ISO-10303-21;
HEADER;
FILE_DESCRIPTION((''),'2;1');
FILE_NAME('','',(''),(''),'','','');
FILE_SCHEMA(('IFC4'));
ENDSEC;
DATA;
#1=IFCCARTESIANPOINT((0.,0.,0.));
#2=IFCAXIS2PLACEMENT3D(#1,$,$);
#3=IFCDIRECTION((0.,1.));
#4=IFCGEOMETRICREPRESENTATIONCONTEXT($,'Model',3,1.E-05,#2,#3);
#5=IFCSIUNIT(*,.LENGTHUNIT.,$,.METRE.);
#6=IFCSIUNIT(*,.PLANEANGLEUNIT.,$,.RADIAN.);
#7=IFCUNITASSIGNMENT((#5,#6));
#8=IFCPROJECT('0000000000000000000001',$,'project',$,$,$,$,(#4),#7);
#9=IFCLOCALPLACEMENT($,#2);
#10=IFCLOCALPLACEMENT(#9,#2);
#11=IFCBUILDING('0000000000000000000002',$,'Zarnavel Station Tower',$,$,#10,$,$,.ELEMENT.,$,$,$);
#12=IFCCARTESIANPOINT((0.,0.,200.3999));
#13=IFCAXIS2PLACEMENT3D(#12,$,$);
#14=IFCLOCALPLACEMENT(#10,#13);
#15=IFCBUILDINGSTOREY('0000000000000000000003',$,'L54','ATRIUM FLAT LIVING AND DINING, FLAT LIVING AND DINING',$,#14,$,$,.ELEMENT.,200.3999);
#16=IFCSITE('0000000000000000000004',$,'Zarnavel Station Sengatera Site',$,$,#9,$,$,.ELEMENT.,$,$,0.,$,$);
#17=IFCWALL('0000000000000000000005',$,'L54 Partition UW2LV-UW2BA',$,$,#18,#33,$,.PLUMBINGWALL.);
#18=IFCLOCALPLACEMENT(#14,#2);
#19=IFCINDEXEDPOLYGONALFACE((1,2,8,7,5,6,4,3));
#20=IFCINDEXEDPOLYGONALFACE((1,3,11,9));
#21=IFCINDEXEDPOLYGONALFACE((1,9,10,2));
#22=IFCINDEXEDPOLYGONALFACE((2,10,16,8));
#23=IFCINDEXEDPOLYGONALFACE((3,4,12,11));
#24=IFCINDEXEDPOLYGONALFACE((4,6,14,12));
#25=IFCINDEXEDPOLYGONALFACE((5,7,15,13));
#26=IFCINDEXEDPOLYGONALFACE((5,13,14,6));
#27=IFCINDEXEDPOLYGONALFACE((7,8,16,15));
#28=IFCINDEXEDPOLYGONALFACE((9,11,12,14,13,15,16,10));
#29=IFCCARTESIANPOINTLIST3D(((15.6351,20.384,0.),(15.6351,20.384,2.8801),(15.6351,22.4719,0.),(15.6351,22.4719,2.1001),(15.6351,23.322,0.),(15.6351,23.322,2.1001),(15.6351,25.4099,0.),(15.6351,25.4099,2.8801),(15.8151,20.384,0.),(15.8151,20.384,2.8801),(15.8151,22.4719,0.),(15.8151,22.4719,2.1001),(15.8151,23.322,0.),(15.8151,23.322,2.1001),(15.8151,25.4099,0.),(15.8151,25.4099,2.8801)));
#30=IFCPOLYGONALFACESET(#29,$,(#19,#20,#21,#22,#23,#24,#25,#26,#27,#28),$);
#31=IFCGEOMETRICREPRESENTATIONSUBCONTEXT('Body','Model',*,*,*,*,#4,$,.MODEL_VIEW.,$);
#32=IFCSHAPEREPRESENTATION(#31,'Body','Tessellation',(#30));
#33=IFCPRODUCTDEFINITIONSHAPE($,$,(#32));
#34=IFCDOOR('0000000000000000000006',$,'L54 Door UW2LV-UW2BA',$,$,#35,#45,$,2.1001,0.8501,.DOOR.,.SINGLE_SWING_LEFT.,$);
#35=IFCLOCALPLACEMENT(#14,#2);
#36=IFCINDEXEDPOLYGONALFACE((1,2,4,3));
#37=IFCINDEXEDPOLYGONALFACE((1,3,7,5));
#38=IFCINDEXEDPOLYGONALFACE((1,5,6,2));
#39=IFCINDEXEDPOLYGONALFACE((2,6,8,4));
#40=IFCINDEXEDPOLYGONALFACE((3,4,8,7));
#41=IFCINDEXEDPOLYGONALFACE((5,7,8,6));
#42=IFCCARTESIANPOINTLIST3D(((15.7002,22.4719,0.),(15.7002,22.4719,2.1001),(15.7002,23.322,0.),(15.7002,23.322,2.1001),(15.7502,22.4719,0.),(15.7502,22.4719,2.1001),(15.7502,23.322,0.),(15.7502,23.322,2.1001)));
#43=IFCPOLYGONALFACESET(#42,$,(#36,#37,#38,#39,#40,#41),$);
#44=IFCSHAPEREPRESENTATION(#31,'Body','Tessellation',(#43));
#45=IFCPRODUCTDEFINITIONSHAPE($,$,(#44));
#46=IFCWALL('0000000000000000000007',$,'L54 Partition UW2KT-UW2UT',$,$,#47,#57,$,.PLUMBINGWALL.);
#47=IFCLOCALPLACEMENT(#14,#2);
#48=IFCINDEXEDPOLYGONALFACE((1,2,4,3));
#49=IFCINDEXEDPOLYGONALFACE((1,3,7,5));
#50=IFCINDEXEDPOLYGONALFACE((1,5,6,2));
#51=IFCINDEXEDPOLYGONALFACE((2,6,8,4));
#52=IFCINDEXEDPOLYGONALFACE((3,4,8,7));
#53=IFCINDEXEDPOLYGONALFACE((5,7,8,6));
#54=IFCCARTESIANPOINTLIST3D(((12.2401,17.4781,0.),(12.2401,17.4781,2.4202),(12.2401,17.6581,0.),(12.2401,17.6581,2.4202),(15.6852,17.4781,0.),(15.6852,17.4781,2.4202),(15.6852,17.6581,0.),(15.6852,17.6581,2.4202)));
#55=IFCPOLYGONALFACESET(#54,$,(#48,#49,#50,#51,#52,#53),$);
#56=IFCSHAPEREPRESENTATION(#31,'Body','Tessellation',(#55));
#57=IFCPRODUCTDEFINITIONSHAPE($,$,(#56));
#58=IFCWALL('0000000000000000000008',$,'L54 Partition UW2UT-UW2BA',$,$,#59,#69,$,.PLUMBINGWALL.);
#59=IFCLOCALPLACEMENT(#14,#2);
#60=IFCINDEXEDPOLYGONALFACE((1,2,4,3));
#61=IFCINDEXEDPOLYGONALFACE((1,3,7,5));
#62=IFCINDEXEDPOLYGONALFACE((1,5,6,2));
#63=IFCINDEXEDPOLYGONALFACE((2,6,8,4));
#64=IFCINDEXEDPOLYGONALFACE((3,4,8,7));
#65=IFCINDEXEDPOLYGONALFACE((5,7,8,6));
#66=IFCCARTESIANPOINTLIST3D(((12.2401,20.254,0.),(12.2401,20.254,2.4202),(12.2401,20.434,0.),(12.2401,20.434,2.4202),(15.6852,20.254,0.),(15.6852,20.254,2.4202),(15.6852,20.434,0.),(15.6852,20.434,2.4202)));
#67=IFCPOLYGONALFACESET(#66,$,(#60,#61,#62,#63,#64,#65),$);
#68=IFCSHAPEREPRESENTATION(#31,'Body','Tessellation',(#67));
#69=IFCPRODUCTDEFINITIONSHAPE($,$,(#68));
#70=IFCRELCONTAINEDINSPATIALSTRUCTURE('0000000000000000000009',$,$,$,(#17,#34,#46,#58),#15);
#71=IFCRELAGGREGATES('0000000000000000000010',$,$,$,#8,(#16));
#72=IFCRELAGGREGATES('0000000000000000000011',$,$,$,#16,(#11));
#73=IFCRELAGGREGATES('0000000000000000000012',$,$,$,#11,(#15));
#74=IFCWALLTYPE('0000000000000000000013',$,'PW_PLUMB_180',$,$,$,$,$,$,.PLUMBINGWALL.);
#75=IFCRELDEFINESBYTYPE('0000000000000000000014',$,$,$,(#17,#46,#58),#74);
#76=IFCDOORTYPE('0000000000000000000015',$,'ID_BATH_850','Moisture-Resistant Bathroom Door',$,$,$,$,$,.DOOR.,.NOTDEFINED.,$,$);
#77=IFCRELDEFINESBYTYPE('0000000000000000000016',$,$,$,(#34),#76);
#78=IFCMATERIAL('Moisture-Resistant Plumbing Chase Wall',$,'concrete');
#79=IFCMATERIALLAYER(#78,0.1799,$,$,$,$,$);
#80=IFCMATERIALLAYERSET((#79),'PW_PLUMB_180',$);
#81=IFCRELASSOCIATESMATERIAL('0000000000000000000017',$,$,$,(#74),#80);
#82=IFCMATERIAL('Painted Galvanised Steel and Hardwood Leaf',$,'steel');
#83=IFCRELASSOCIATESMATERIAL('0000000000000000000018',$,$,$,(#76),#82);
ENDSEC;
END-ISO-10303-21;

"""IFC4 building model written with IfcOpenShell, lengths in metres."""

from ifc_helpers import new_model, si_unit, direction, frame, frame_2d, origin, place, context, subcontext, project, spatial, rectangle, extrude, material, layer, layer_set, type_object, element, fill, save


model = new_model("IFC4")

# Units and contexts
model_context = context("Model", 3, precision=1e-05, world=origin(), true_north=direction((0.0, 1.0)))
body_context = subcontext(model_context, "Body", "Model", "MODEL_VIEW")
ifc_project = project(units=[si_unit("LENGTHUNIT", "METRE"), si_unit("PLANEANGLEUNIT", "RADIAN")], contexts=[model_context])

# Site, building, storey
site_placement = place(None, origin())
site = spatial("IfcSite", under=ifc_project, at=site_placement, Name="Zarnavel Station Sengatera Site", CompositionType="ELEMENT", RefElevation=0.0)
building_placement = place(site_placement, origin())
building = spatial("IfcBuilding", under=site, at=building_placement, Name="Zarnavel Station Tower", CompositionType="ELEMENT")
storey_placement = place(building_placement, frame((0.0, 0.0, 200.3999)))
storey = spatial("IfcBuildingStorey", under=building, at=storey_placement, Name="L54", Description="ATRIUM FLAT LIVING AND DINING, FLAT LIVING AND DINING", CompositionType="ELEMENT", Elevation=200.3999)

# Shared definitions
ifc_material_1 = material(Name="Moisture-Resistant Plumbing Chase Wall", Category="concrete")
ifc_layer_1 = layer(ifc_material_1, 0.1799)
ifc_layer_set_1 = layer_set([ifc_layer_1], Name="PW_PLUMB_180")
wall_type_1 = type_object("IfcWallType", Name="PW_PLUMB_180", PredefinedType="PLUMBINGWALL", material=ifc_layer_set_1)

# Wall, opening, door
wall_1_placement = place(storey_placement, frame((15.7251, 20.384, 0.0), z_axis=(0.0, 0.0, 1.0), x_axis=(0.0, 1.0, 0.0)))
wall_1 = element("IfcWall", 1, at=wall_1_placement, inside=storey, type_object=wall_type_1, Name="L54 Partition UW2LV-UW2BA", PredefinedType="PLUMBINGWALL", context=body_context, shape_type="SweptSolid", body=[
    extrude(rectangle(XDim=5.0259, YDim=0.1799, at=frame_2d((2.5129, 0.0))), origin(), (0.0, 0.0, 1.0), 2.8801),
])
opening_1_placement = place(wall_1_placement, frame((2.0879, 0.0, 0.0)))
opening_1 = element("IfcOpeningElement", 2, at=opening_1_placement, cuts=wall_1, PredefinedType="OPENING", context=body_context, shape_type="SweptSolid", body=[
    extrude(rectangle(XDim=0.8501, YDim=2.1001, at=frame_2d((0.425, 1.05))), frame((0.0, 0.0999, 0.0), z_axis=(0.0, -1.0, 0.0), x_axis=(1.0, 0.0, 0.0)), (0.0, 0.0, 1.0), 0.2),
])
ifc_material_2 = material(Name="Painted Galvanised Steel and Hardwood Leaf", Category="steel")
door_type_1 = type_object("IfcDoorType", Name="ID_BATH_850", Description="Moisture-Resistant Bathroom Door", OperationType="NOTDEFINED", PredefinedType="DOOR", material=ifc_material_2)
door_1_placement = place(opening_1_placement, origin())
door_1 = element("IfcDoor", 3, at=door_1_placement, inside=storey, type_object=door_type_1, Name="L54 Door UW2LV-UW2BA", OperationType="SINGLE_SWING_LEFT", OverallHeight=2.1001, OverallWidth=0.8501, PredefinedType="DOOR", context=body_context, shape_type="SweptSolid", body=[
    extrude(rectangle(XDim=0.8501, YDim=2.1001, at=frame_2d((0.425, 1.05))), frame((0.0, 0.0249, 0.0), z_axis=(0.0, -1.0, 0.0), x_axis=(1.0, 0.0, 0.0)), (0.0, 0.0, 1.0), 0.05),
])
fill(opening_1, door_1)

# Walls
for number, where, z_axis, x_axis, name in (
    (4, (12.24, 17.5681, 0.0), (0.0, 0.0, 1.0), (1.0, 0.0, 0.0), "L54 Partition UW2KT-UW2UT"),
    (5, (12.24, 20.344, 0.0), (0.0, 0.0, 1.0), (1.0, 0.0, 0.0), "L54 Partition UW2UT-UW2BA"),
):
    element("IfcWall", number, at=place(storey_placement, frame(where, z_axis=z_axis, x_axis=x_axis)), inside=storey, type_object=wall_type_1, Name=name, PredefinedType="PLUMBINGWALL", context=body_context, shape_type="SweptSolid", body=[
        extrude(rectangle(XDim=3.4451, YDim=0.1799, at=frame_2d((1.7227, 0.0))), origin(), (0.0, 0.0, 1.0), 2.4202),
    ])

save(model, "model.ifc")
